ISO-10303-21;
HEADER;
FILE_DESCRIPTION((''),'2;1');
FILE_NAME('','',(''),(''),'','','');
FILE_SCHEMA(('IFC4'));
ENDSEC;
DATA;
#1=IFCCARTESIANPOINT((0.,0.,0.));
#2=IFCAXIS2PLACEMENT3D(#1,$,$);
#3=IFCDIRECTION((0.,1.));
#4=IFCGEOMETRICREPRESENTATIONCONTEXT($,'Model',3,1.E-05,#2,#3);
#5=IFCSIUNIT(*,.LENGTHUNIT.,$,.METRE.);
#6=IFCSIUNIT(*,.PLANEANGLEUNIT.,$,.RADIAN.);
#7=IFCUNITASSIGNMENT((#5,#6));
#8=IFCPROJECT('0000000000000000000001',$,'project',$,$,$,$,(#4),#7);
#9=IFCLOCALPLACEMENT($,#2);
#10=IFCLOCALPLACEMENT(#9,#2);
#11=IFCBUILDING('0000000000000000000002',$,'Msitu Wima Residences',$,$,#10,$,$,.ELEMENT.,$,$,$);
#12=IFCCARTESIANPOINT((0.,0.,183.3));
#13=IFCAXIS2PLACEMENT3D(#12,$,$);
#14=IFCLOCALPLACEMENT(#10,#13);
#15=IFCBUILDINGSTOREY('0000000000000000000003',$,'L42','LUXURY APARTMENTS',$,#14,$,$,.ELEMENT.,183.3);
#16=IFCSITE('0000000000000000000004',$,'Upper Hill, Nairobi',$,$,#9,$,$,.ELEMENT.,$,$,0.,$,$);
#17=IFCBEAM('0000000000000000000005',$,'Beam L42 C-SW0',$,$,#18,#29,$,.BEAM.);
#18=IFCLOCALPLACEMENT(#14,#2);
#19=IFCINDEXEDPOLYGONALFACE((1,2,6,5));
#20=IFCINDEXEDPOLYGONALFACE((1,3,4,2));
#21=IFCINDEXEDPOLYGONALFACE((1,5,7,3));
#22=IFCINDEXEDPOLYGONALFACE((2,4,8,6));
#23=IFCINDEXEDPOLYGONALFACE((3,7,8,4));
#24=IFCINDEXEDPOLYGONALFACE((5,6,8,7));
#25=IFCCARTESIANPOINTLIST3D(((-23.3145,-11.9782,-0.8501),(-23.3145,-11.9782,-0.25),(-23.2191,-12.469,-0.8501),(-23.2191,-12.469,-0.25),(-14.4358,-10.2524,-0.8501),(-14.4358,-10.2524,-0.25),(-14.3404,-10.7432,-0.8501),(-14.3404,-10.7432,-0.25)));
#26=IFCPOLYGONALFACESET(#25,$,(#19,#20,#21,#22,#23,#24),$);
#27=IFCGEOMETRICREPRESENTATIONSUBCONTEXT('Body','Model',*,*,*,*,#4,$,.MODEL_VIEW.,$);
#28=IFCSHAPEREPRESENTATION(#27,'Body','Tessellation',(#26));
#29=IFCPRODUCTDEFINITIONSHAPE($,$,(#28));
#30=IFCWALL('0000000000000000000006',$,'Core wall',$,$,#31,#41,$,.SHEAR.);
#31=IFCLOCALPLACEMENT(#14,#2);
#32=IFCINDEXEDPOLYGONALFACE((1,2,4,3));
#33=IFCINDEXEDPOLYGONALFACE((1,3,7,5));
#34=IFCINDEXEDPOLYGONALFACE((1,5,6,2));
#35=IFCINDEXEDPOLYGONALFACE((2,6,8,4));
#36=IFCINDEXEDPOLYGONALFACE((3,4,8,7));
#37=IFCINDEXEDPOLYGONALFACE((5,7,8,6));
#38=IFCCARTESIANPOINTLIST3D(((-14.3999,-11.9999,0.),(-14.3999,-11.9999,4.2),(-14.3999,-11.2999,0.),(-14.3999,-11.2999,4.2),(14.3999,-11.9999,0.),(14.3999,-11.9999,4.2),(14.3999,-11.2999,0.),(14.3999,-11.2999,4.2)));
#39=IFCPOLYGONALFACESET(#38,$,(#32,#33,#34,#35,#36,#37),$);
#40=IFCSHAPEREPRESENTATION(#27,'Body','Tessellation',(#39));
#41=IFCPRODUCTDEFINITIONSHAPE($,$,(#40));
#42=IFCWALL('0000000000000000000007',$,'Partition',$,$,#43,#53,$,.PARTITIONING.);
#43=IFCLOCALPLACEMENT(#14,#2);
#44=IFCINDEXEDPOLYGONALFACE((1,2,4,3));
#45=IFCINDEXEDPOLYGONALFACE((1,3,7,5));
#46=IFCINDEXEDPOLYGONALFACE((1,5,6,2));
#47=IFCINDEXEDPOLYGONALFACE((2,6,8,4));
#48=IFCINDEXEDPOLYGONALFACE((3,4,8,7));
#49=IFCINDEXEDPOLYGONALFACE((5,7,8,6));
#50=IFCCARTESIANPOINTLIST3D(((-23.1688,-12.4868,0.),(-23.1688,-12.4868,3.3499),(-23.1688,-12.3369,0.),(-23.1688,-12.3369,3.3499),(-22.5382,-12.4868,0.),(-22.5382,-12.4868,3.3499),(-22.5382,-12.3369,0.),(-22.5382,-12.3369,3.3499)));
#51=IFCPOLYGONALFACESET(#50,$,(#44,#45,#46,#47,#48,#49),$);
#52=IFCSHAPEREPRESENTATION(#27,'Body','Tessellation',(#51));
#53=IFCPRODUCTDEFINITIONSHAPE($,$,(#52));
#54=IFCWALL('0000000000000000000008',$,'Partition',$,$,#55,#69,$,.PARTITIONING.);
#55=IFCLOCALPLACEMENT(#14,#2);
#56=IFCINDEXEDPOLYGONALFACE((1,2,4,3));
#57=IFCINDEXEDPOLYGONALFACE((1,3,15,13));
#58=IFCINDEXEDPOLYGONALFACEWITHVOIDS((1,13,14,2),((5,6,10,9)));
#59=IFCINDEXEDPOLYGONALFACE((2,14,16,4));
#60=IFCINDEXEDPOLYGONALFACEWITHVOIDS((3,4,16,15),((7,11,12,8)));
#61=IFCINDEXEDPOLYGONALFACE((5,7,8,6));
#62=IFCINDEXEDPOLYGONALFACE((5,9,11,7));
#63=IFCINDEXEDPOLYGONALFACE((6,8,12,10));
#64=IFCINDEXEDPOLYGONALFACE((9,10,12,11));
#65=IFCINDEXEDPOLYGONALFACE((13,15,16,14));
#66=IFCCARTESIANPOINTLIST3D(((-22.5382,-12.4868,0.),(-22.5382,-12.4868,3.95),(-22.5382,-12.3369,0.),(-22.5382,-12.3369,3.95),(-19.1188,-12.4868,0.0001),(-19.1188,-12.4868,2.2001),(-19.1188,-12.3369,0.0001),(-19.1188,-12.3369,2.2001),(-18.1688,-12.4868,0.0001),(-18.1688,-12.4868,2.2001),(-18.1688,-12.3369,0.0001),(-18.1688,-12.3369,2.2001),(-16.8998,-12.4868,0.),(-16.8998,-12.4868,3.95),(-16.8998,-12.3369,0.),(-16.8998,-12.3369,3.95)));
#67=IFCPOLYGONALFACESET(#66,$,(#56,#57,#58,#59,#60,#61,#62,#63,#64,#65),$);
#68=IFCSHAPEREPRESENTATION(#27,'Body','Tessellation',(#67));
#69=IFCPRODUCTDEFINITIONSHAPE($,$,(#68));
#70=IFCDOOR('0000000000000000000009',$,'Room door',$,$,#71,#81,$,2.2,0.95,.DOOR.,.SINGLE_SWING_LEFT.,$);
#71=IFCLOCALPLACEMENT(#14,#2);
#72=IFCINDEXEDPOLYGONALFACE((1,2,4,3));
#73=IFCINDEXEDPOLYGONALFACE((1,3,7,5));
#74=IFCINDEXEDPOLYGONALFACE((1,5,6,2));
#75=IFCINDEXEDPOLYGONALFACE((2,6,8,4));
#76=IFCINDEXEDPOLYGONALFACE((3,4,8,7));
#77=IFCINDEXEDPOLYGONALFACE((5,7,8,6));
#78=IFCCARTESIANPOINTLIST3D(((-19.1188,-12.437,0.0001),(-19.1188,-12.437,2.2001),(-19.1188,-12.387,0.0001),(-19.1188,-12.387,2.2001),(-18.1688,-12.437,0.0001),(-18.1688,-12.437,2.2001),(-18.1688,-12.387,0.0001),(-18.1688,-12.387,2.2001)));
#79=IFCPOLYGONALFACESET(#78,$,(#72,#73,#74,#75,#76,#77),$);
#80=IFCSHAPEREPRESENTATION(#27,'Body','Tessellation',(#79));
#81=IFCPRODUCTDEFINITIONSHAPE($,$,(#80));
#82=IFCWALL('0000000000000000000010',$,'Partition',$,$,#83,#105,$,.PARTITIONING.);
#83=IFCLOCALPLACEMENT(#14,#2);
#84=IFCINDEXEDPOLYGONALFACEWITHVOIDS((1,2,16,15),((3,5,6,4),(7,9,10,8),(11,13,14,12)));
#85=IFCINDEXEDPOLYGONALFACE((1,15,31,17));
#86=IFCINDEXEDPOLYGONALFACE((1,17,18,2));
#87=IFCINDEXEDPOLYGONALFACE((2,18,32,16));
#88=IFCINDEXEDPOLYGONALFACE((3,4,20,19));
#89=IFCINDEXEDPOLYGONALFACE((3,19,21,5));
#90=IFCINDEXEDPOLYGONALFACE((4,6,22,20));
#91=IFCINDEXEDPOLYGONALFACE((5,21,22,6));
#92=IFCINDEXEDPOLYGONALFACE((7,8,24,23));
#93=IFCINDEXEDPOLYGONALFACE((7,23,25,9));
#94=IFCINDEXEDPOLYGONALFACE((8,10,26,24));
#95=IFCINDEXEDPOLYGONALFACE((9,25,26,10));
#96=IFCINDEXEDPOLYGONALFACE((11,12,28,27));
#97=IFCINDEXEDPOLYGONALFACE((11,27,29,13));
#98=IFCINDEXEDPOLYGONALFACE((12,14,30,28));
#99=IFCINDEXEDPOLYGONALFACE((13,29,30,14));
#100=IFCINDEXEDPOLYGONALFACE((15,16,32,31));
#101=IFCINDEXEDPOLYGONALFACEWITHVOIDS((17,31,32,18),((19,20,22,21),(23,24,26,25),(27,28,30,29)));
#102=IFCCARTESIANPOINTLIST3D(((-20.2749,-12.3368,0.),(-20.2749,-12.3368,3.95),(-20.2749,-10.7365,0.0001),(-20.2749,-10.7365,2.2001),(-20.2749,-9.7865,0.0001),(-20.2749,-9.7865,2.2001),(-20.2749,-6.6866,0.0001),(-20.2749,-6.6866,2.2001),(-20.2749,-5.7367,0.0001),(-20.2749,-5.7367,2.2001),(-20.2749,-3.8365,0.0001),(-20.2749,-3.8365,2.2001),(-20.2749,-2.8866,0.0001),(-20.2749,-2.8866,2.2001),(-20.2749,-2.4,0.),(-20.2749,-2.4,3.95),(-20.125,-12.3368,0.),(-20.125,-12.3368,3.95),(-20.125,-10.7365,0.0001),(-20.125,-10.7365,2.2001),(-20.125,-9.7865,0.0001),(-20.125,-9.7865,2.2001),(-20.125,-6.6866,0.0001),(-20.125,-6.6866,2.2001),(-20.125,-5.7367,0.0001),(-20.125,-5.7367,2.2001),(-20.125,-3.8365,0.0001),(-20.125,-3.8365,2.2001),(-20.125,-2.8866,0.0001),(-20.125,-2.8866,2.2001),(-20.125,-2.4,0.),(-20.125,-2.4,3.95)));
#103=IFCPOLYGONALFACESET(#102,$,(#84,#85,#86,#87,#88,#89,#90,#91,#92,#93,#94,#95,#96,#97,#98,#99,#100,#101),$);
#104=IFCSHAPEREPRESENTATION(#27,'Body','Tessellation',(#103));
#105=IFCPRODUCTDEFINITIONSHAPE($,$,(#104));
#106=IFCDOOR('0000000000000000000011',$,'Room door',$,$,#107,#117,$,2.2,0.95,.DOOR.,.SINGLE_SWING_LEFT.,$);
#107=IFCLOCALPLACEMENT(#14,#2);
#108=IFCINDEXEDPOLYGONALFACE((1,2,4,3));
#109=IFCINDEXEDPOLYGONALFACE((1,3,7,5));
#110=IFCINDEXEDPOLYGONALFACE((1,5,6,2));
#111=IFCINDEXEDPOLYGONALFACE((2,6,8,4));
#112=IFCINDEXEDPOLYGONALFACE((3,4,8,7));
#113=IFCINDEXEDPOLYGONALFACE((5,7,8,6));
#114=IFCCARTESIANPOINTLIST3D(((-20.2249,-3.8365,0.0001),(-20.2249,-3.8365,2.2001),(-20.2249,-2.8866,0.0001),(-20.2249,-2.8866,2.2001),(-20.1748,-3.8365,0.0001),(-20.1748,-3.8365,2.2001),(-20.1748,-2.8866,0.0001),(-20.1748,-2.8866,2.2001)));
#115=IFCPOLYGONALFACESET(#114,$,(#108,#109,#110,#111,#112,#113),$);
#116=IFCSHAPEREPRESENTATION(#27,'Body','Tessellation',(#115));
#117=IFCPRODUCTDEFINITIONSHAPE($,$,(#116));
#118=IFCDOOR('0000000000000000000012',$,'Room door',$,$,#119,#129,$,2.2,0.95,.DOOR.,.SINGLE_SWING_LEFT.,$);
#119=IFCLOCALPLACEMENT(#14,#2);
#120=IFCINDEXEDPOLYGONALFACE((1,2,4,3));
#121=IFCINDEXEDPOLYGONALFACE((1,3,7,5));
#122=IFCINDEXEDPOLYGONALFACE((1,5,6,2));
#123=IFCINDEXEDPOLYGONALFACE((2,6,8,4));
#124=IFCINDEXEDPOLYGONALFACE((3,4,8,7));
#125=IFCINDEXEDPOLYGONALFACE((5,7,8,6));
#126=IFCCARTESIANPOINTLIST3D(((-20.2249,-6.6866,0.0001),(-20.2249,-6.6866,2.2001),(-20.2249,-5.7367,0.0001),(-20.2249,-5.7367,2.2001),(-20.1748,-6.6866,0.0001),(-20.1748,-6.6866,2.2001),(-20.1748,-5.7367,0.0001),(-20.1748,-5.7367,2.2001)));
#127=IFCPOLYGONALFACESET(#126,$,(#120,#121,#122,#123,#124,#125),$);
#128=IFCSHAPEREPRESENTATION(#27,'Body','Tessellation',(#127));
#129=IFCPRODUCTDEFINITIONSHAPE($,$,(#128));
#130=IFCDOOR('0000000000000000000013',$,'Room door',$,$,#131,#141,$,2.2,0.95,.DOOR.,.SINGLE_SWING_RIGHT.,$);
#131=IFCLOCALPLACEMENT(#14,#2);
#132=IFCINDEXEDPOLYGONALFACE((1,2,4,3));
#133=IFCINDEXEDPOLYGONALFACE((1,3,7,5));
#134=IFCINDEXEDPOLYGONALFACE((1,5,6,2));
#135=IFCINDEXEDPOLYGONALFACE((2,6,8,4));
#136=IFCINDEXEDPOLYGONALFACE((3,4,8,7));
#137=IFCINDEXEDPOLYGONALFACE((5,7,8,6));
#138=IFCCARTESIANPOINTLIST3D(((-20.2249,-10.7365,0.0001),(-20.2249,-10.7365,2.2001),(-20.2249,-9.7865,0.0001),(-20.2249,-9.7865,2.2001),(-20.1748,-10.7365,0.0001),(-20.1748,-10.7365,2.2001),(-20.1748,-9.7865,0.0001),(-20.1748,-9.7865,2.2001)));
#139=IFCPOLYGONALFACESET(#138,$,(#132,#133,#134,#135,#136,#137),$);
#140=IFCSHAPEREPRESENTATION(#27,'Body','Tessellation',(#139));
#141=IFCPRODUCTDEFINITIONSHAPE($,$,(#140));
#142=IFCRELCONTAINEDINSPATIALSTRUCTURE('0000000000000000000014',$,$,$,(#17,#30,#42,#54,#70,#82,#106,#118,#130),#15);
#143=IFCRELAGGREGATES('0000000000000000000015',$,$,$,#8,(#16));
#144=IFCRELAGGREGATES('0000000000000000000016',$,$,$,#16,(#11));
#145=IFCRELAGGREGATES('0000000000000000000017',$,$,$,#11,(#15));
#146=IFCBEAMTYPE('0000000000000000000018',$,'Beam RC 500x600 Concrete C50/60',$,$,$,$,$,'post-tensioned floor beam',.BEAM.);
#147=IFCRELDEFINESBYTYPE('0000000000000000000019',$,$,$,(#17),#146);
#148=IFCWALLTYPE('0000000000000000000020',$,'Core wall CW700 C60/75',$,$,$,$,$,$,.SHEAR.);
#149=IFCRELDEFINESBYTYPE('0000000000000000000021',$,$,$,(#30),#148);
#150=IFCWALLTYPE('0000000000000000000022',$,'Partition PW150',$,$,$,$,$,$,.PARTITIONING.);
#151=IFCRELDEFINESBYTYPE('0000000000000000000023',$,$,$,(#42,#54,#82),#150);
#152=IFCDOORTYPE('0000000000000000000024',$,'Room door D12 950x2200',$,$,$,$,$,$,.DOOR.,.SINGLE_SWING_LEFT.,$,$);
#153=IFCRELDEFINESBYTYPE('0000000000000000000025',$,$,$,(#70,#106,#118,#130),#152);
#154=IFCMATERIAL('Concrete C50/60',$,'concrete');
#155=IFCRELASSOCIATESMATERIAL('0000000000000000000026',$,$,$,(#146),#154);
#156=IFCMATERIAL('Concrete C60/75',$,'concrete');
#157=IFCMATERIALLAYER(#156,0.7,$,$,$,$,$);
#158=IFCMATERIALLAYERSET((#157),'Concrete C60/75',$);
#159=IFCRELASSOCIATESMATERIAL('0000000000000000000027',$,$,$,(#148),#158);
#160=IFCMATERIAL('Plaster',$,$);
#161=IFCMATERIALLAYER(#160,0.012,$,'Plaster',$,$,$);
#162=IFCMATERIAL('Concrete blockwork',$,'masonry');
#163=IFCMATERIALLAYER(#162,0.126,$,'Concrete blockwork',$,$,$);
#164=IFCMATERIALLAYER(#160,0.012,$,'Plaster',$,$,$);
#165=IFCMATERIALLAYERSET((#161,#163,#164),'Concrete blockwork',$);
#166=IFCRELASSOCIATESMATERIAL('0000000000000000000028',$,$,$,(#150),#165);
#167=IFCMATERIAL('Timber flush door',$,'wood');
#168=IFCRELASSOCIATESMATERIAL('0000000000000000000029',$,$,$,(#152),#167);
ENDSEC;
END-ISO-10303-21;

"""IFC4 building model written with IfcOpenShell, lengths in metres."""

from ifc_helpers import new_model, si_unit, direction, frame, frame_2d, origin, origin_2d, place, context, subcontext, project, spatial, rectangle, extrude, material, layer, layer_set, material_profile, profile_set, type_object, element, fill, save


model = new_model("IFC4")

# Units and contexts
model_context = context("Model", 3, precision=1e-05, world=origin(), true_north=direction((0.0, 1.0)))
body_context = subcontext(model_context, "Body", "Model", "MODEL_VIEW")
ifc_project = project(units=[si_unit("LENGTHUNIT", "METRE"), si_unit("PLANEANGLEUNIT", "RADIAN")], contexts=[model_context])

# Site, building, storey
site_placement = place(None, origin())
site = spatial("IfcSite", under=ifc_project, at=site_placement, Name="Upper Hill, Nairobi", CompositionType="ELEMENT", RefElevation=0.0)
building_placement = place(site_placement, origin())
building = spatial("IfcBuilding", under=site, at=building_placement, Name="Msitu Wima Residences", CompositionType="ELEMENT")
storey_placement = place(building_placement, frame((0.0, 0.0, 183.3)))
storey = spatial("IfcBuildingStorey", under=building, at=storey_placement, Name="L42", Description="LUXURY APARTMENTS", CompositionType="ELEMENT", Elevation=183.3)

# Beam
ifc_material_1 = material(Name="Concrete C50/60", Category="concrete")
ifc_material_profile = material_profile(ifc_material_1, rectangle(XDim=0.5, YDim=0.6001, at=origin_2d()), Name="RC 500x600")
ifc_profile_set = profile_set([ifc_material_profile], Name="Concrete C50/60")
beam_type = type_object("IfcBeamType", Name="Beam RC 500x600 Concrete C50/60", ElementType="post-tensioned floor beam", PredefinedType="BEAM", material=ifc_profile_set)
beam_placement = place(storey_placement, frame((-23.2668, -12.2236, -0.55), z_axis=(0.981627, 0.190808, 0.0), x_axis=(-0.190808, 0.981627, 0.0)))
element("IfcBeam", 1, at=beam_placement, inside=storey, type_object=beam_type, Name="Beam L42 C-SW0", PredefinedType="BEAM", context=body_context, shape_type="SweptSolid", body=[
    extrude(rectangle(XDim=0.5, YDim=0.6001, at=origin_2d()), origin(), (0.0, 0.0, 1.0), 9.0449),
])

# Wall
ifc_material_2 = material(Name="Concrete C60/75", Category="concrete")
ifc_layer_1 = layer(ifc_material_2, 0.7)
ifc_layer_set_1 = layer_set([ifc_layer_1], Name="Concrete C60/75")
wall_type_1 = type_object("IfcWallType", Name="Core wall CW700 C60/75", PredefinedType="SHEAR", material=ifc_layer_set_1)
wall_1_placement = place(storey_placement, frame((-14.3999, -11.6499, 0.0), z_axis=(0.0, 0.0, 1.0), x_axis=(1.0, 0.0, 0.0)))
element("IfcWall", 2, at=wall_1_placement, inside=storey, type_object=wall_type_1, Name="Core wall", PredefinedType="SHEAR", context=body_context, shape_type="SweptSolid", body=[
    extrude(rectangle(XDim=28.7998, YDim=0.7, at=frame_2d((14.3999, 0.0))), origin(), (0.0, 0.0, 1.0), 4.2),
])

# Wall
ifc_material_3 = material(Name="Plaster")
ifc_layer_2 = layer(ifc_material_3, 0.012, Name="Plaster")
ifc_material_4 = material(Name="Concrete blockwork", Category="masonry")
ifc_layer_3 = layer(ifc_material_4, 0.126, Name="Concrete blockwork")
ifc_layer_4 = layer(ifc_material_3, 0.012, Name="Plaster")
ifc_layer_set_2 = layer_set([ifc_layer_2, ifc_layer_3, ifc_layer_4], Name="Concrete blockwork")
wall_type_2 = type_object("IfcWallType", Name="Partition PW150", PredefinedType="PARTITIONING", material=ifc_layer_set_2)
wall_2_placement = place(storey_placement, frame((-23.1689, -12.4119, 0.0), z_axis=(0.0, 0.0, 1.0), x_axis=(1.0, 0.0, 0.0)))
element("IfcWall", 3, at=wall_2_placement, inside=storey, type_object=wall_type_2, Name="Partition", PredefinedType="PARTITIONING", context=body_context, shape_type="SweptSolid", body=[
    extrude(rectangle(XDim=0.6306, YDim=0.1499, at=frame_2d((0.3154, 0.0))), origin(), (0.0, 0.0, 1.0), 3.3499),
])

# Wall, opening, door
wall_3_placement = place(storey_placement, frame((-22.5383, -12.4119, 0.0), z_axis=(0.0, 0.0, 1.0), x_axis=(1.0, 0.0, 0.0)))
wall_3 = element("IfcWall", 4, at=wall_3_placement, inside=storey, type_object=wall_type_2, Name="Partition", PredefinedType="PARTITIONING", context=body_context, shape_type="SweptSolid", body=[
    extrude(rectangle(XDim=5.6384, YDim=0.1499, at=frame_2d((2.8193, 0.0))), origin(), (0.0, 0.0, 1.0), 3.95),
])
opening_1_placement = place(wall_3_placement, frame((3.4194, 0.0, 0.0)))
opening_1 = element("IfcOpeningElement", 5, at=opening_1_placement, cuts=wall_3, PredefinedType="OPENING", context=body_context, shape_type="SweptSolid", body=[
    extrude(rectangle(XDim=0.95, YDim=2.2, at=frame_2d((0.4751, 1.1001))), frame((0.0, 0.085, 0.0), z_axis=(0.0, -1.0, 0.0), x_axis=(1.0, 0.0, 0.0)), (0.0, 0.0, 1.0), 0.1699),
])
ifc_material_5 = material(Name="Timber flush door", Category="wood")
door_type_1 = type_object("IfcDoorType", Name="Room door D12 950x2200", OperationType="SINGLE_SWING_LEFT", PredefinedType="DOOR", material=ifc_material_5)
door_1_placement = place(opening_1_placement, origin())
door_1 = element("IfcDoor", 6, at=door_1_placement, inside=storey, type_object=door_type_1, Name="Room door", OperationType="SINGLE_SWING_LEFT", OverallHeight=2.2, OverallWidth=0.95, PredefinedType="DOOR", context=body_context, shape_type="SweptSolid", body=[
    extrude(rectangle(XDim=0.95, YDim=2.2, at=frame_2d((0.4751, 1.1001))), frame((0.0, 0.0249, 0.0), z_axis=(0.0, -1.0, 0.0), x_axis=(1.0, 0.0, 0.0)), (0.0, 0.0, 1.0), 0.05),
])
fill(opening_1, door_1)

# Wall, openings, doors
wall_4_placement = place(storey_placement, frame((-20.2, -12.3367, 0.0), z_axis=(0.0, 0.0, 1.0), x_axis=(0.0, 1.0, 0.0)))
wall_4 = element("IfcWall", 7, at=wall_4_placement, inside=storey, type_object=wall_type_2, Name="Partition", PredefinedType="PARTITIONING", context=body_context, shape_type="SweptSolid", body=[
    extrude(rectangle(XDim=9.9368, YDim=0.1499, at=frame_2d((4.9683, 0.0))), origin(), (0.0, 0.0, 1.0), 3.95),
])
opening_2_placement = place(wall_4_placement, frame((8.5, 0.0, 0.0)))
opening_2 = element("IfcOpeningElement", 8, at=opening_2_placement, cuts=wall_4, PredefinedType="OPENING", context=body_context, shape_type="SweptSolid", body=[
    extrude(rectangle(XDim=0.95, YDim=2.2, at=frame_2d((0.4751, 1.1001))), frame((0.0, 0.085, 0.0), z_axis=(0.0, -1.0, 0.0), x_axis=(1.0, 0.0, 0.0)), (0.0, 0.0, 1.0), 0.1699),
])
opening_3_placement = place(wall_4_placement, frame((5.6499, 0.0, 0.0)))
opening_3 = element("IfcOpeningElement", 9, at=opening_3_placement, cuts=wall_4, PredefinedType="OPENING", context=body_context, shape_type="SweptSolid", body=[
    extrude(rectangle(XDim=0.95, YDim=2.2, at=frame_2d((0.4751, 1.1001))), frame((0.0, 0.085, 0.0), z_axis=(0.0, -1.0, 0.0), x_axis=(1.0, 0.0, 0.0)), (0.0, 0.0, 1.0), 0.1699),
])
opening_4_placement = place(wall_4_placement, frame((1.6001, 0.0, 0.0)))
opening_4 = element("IfcOpeningElement", 10, at=opening_4_placement, cuts=wall_4, PredefinedType="OPENING", context=body_context, shape_type="SweptSolid", body=[
    extrude(rectangle(XDim=0.95, YDim=2.2, at=frame_2d((0.4751, 1.1001))), frame((0.0, 0.085, 0.0), z_axis=(0.0, -1.0, 0.0), x_axis=(1.0, 0.0, 0.0)), (0.0, 0.0, 1.0), 0.1699),
])
door_2_placement = place(opening_2_placement, origin())
door_2 = element("IfcDoor", 11, at=door_2_placement, inside=storey, type_object=door_type_1, Name="Room door", OperationType="SINGLE_SWING_LEFT", OverallHeight=2.2, OverallWidth=0.95, PredefinedType="DOOR", context=body_context, shape_type="SweptSolid", body=[
    extrude(rectangle(XDim=0.95, YDim=2.2, at=frame_2d((0.4751, 1.1001))), frame((0.0, 0.0249, 0.0), z_axis=(0.0, -1.0, 0.0), x_axis=(1.0, 0.0, 0.0)), (0.0, 0.0, 1.0), 0.05),
])
fill(opening_2, door_2)
door_3_placement = place(opening_3_placement, origin())
door_3 = element("IfcDoor", 12, at=door_3_placement, inside=storey, type_object=door_type_1, Name="Room door", OperationType="SINGLE_SWING_LEFT", OverallHeight=2.2, OverallWidth=0.95, PredefinedType="DOOR", context=body_context, shape_type="SweptSolid", body=[
    extrude(rectangle(XDim=0.95, YDim=2.2, at=frame_2d((0.4751, 1.1001))), frame((0.0, 0.0249, 0.0), z_axis=(0.0, -1.0, 0.0), x_axis=(1.0, 0.0, 0.0)), (0.0, 0.0, 1.0), 0.05),
])
fill(opening_3, door_3)
door_4_placement = place(opening_4_placement, origin())
door_4 = element("IfcDoor", 13, at=door_4_placement, inside=storey, type_object=door_type_1, Name="Room door", OperationType="SINGLE_SWING_RIGHT", OverallHeight=2.2, OverallWidth=0.95, PredefinedType="DOOR", context=body_context, shape_type="SweptSolid", body=[
    extrude(rectangle(XDim=0.95, YDim=2.2, at=frame_2d((0.4751, 1.1001))), frame((0.0, 0.0249, 0.0), z_axis=(0.0, -1.0, 0.0), x_axis=(1.0, 0.0, 0.0)), (0.0, 0.0, 1.0), 0.05),
])
fill(opening_4, door_4)

save(model, "model.ifc")
